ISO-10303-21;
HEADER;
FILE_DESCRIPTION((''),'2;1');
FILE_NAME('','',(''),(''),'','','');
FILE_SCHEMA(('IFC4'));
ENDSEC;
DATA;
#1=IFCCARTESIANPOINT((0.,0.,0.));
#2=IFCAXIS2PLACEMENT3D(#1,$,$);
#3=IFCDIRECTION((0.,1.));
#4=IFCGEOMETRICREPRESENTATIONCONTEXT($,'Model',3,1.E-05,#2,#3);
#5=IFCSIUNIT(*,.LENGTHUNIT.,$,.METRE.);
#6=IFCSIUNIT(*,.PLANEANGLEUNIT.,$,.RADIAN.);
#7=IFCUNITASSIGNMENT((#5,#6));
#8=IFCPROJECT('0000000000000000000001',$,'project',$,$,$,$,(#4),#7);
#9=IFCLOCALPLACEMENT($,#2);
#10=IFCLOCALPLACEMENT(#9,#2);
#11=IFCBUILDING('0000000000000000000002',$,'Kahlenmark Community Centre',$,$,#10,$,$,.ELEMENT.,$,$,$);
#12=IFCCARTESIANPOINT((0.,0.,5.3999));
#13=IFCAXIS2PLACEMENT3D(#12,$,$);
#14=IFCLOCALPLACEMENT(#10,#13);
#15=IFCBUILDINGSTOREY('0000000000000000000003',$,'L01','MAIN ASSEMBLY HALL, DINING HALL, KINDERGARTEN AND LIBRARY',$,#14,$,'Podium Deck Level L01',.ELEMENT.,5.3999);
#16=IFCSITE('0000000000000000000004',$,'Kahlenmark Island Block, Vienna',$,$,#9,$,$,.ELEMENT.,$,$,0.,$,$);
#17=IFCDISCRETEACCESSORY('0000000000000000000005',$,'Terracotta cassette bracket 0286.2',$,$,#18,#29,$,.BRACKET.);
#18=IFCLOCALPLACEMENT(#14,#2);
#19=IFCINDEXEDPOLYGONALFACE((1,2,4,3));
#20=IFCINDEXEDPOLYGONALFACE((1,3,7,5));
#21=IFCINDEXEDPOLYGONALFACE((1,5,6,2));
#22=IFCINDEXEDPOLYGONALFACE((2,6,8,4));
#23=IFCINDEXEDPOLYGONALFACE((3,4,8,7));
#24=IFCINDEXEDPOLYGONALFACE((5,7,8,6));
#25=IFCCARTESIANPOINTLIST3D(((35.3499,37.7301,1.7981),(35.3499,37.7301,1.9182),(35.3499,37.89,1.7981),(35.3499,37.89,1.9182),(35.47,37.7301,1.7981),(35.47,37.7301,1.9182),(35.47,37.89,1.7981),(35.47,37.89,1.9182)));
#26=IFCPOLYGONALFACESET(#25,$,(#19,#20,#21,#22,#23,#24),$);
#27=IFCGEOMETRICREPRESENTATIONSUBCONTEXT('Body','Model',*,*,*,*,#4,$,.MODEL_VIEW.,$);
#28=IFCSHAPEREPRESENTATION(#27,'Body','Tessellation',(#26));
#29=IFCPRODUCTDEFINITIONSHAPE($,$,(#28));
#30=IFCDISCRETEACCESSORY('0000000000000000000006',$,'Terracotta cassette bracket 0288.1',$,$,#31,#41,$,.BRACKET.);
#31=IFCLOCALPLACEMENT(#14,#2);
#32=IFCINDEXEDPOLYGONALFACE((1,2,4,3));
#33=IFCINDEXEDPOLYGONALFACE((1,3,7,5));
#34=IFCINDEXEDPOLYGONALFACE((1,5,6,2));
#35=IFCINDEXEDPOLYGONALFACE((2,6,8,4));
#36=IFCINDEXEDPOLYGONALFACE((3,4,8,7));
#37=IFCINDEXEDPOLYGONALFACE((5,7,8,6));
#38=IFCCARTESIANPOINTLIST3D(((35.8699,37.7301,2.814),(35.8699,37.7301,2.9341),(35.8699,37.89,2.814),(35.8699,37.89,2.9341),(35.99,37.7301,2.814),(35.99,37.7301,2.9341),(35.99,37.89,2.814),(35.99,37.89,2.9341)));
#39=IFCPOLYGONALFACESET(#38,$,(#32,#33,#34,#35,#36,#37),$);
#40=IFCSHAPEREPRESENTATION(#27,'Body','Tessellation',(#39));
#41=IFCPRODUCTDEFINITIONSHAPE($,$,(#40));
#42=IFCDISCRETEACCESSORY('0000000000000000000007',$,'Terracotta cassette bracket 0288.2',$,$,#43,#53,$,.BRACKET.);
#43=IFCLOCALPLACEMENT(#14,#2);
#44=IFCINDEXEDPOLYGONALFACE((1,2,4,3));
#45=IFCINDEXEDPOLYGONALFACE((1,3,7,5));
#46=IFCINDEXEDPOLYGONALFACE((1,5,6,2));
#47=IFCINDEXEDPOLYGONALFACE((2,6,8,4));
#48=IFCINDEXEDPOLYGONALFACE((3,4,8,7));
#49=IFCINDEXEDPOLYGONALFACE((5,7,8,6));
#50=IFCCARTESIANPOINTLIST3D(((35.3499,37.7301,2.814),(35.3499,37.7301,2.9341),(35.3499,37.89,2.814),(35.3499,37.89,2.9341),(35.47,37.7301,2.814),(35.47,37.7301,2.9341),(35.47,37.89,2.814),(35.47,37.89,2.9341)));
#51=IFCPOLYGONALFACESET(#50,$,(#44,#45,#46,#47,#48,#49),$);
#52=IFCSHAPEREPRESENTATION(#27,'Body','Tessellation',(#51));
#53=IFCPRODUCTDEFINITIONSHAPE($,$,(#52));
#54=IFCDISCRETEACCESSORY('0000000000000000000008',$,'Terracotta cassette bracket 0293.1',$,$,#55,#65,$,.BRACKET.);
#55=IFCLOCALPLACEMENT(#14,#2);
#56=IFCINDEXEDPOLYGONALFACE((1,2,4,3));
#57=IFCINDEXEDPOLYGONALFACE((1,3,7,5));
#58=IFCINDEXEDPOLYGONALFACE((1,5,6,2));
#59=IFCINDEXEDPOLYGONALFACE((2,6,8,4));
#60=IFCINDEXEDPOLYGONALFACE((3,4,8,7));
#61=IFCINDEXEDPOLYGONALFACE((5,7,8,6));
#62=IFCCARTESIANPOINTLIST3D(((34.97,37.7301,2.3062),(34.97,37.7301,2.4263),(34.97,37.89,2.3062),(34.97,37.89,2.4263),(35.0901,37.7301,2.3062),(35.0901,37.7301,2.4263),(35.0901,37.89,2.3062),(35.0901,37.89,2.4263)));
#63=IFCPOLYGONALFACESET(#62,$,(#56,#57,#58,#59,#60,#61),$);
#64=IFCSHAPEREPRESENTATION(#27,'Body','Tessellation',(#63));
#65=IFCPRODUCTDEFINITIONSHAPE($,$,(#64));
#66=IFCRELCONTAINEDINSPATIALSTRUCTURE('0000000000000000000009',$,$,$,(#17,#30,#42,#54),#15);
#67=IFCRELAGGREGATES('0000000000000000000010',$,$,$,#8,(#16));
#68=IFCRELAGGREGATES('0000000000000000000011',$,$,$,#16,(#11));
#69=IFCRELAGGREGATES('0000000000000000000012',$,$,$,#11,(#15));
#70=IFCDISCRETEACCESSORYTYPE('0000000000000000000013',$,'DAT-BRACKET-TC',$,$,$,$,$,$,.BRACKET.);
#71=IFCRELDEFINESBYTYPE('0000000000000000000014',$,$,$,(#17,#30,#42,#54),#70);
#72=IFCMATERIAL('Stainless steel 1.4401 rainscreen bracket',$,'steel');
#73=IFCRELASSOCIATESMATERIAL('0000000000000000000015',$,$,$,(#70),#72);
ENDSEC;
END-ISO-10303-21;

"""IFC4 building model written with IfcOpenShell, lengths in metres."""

from ifc_helpers import new_model, si_unit, direction, frame, origin, origin_2d, place, context, subcontext, project, spatial, rectangle, extrude, material, type_object, element, save


model = new_model("IFC4")

# Units and contexts
model_context = context("Model", 3, precision=1e-05, world=origin(), true_north=direction((0.0, 1.0)))
body_context = subcontext(model_context, "Body", "Model", "MODEL_VIEW")
ifc_project = project(units=[si_unit("LENGTHUNIT", "METRE"), si_unit("PLANEANGLEUNIT", "RADIAN")], contexts=[model_context])

# Site, building, storey
site_placement = place(None, origin())
site = spatial("IfcSite", under=ifc_project, at=site_placement, Name="Kahlenmark Island Block, Vienna", CompositionType="ELEMENT", RefElevation=0.0)
building_placement = place(site_placement, origin())
building = spatial("IfcBuilding", under=site, at=building_placement, Name="Kahlenmark Community Centre", CompositionType="ELEMENT")
storey_placement = place(building_placement, frame((0.0, 0.0, 5.3999)))
storey = spatial("IfcBuildingStorey", under=building, at=storey_placement, Name="L01", Description="MAIN ASSEMBLY HALL, DINING HALL, KINDERGARTEN AND LIBRARY", LongName="Podium Deck Level L01", CompositionType="ELEMENT", Elevation=5.3999)

# Discrete accessories
ifc_material_1 = material(Name="Stainless steel 1.4401 rainscreen bracket", Category="steel")
discrete_accessory_type = type_object("IfcDiscreteAccessoryType", Name="DAT-BRACKET-TC", PredefinedType="BRACKET", material=ifc_material_1)
for number, where, z_axis, x_axis, name in (
    (1, (35.4099, 37.8101, 1.7981), (0.0, 0.0, 1.0), (-1.0, 0.0, 0.0), "Terracotta cassette bracket 0286.2"),
    (2, (35.9299, 37.8101, 2.814), (0.0, 0.0, 1.0), (-1.0, 0.0, 0.0), "Terracotta cassette bracket 0288.1"),
    (3, (35.4099, 37.8101, 2.814), (0.0, 0.0, 1.0), (-1.0, 0.0, 0.0), "Terracotta cassette bracket 0288.2"),
    (4, (35.03, 37.8101, 2.3062), (0.0, 0.0, 1.0), (-1.0, 0.0, 0.0), "Terracotta cassette bracket 0293.1"),
):
    element("IfcDiscreteAccessory", number, at=place(storey_placement, frame(where, z_axis=z_axis, x_axis=x_axis)), inside=storey, type_object=discrete_accessory_type, Name=name, PredefinedType="BRACKET", context=body_context, shape_type="SweptSolid", body=[
        extrude(rectangle(XDim=0.1201, YDim=0.1599, at=origin_2d()), origin(), (0.0, 0.0, 1.0), 0.1201),
    ])

save(model, "model.ifc")
